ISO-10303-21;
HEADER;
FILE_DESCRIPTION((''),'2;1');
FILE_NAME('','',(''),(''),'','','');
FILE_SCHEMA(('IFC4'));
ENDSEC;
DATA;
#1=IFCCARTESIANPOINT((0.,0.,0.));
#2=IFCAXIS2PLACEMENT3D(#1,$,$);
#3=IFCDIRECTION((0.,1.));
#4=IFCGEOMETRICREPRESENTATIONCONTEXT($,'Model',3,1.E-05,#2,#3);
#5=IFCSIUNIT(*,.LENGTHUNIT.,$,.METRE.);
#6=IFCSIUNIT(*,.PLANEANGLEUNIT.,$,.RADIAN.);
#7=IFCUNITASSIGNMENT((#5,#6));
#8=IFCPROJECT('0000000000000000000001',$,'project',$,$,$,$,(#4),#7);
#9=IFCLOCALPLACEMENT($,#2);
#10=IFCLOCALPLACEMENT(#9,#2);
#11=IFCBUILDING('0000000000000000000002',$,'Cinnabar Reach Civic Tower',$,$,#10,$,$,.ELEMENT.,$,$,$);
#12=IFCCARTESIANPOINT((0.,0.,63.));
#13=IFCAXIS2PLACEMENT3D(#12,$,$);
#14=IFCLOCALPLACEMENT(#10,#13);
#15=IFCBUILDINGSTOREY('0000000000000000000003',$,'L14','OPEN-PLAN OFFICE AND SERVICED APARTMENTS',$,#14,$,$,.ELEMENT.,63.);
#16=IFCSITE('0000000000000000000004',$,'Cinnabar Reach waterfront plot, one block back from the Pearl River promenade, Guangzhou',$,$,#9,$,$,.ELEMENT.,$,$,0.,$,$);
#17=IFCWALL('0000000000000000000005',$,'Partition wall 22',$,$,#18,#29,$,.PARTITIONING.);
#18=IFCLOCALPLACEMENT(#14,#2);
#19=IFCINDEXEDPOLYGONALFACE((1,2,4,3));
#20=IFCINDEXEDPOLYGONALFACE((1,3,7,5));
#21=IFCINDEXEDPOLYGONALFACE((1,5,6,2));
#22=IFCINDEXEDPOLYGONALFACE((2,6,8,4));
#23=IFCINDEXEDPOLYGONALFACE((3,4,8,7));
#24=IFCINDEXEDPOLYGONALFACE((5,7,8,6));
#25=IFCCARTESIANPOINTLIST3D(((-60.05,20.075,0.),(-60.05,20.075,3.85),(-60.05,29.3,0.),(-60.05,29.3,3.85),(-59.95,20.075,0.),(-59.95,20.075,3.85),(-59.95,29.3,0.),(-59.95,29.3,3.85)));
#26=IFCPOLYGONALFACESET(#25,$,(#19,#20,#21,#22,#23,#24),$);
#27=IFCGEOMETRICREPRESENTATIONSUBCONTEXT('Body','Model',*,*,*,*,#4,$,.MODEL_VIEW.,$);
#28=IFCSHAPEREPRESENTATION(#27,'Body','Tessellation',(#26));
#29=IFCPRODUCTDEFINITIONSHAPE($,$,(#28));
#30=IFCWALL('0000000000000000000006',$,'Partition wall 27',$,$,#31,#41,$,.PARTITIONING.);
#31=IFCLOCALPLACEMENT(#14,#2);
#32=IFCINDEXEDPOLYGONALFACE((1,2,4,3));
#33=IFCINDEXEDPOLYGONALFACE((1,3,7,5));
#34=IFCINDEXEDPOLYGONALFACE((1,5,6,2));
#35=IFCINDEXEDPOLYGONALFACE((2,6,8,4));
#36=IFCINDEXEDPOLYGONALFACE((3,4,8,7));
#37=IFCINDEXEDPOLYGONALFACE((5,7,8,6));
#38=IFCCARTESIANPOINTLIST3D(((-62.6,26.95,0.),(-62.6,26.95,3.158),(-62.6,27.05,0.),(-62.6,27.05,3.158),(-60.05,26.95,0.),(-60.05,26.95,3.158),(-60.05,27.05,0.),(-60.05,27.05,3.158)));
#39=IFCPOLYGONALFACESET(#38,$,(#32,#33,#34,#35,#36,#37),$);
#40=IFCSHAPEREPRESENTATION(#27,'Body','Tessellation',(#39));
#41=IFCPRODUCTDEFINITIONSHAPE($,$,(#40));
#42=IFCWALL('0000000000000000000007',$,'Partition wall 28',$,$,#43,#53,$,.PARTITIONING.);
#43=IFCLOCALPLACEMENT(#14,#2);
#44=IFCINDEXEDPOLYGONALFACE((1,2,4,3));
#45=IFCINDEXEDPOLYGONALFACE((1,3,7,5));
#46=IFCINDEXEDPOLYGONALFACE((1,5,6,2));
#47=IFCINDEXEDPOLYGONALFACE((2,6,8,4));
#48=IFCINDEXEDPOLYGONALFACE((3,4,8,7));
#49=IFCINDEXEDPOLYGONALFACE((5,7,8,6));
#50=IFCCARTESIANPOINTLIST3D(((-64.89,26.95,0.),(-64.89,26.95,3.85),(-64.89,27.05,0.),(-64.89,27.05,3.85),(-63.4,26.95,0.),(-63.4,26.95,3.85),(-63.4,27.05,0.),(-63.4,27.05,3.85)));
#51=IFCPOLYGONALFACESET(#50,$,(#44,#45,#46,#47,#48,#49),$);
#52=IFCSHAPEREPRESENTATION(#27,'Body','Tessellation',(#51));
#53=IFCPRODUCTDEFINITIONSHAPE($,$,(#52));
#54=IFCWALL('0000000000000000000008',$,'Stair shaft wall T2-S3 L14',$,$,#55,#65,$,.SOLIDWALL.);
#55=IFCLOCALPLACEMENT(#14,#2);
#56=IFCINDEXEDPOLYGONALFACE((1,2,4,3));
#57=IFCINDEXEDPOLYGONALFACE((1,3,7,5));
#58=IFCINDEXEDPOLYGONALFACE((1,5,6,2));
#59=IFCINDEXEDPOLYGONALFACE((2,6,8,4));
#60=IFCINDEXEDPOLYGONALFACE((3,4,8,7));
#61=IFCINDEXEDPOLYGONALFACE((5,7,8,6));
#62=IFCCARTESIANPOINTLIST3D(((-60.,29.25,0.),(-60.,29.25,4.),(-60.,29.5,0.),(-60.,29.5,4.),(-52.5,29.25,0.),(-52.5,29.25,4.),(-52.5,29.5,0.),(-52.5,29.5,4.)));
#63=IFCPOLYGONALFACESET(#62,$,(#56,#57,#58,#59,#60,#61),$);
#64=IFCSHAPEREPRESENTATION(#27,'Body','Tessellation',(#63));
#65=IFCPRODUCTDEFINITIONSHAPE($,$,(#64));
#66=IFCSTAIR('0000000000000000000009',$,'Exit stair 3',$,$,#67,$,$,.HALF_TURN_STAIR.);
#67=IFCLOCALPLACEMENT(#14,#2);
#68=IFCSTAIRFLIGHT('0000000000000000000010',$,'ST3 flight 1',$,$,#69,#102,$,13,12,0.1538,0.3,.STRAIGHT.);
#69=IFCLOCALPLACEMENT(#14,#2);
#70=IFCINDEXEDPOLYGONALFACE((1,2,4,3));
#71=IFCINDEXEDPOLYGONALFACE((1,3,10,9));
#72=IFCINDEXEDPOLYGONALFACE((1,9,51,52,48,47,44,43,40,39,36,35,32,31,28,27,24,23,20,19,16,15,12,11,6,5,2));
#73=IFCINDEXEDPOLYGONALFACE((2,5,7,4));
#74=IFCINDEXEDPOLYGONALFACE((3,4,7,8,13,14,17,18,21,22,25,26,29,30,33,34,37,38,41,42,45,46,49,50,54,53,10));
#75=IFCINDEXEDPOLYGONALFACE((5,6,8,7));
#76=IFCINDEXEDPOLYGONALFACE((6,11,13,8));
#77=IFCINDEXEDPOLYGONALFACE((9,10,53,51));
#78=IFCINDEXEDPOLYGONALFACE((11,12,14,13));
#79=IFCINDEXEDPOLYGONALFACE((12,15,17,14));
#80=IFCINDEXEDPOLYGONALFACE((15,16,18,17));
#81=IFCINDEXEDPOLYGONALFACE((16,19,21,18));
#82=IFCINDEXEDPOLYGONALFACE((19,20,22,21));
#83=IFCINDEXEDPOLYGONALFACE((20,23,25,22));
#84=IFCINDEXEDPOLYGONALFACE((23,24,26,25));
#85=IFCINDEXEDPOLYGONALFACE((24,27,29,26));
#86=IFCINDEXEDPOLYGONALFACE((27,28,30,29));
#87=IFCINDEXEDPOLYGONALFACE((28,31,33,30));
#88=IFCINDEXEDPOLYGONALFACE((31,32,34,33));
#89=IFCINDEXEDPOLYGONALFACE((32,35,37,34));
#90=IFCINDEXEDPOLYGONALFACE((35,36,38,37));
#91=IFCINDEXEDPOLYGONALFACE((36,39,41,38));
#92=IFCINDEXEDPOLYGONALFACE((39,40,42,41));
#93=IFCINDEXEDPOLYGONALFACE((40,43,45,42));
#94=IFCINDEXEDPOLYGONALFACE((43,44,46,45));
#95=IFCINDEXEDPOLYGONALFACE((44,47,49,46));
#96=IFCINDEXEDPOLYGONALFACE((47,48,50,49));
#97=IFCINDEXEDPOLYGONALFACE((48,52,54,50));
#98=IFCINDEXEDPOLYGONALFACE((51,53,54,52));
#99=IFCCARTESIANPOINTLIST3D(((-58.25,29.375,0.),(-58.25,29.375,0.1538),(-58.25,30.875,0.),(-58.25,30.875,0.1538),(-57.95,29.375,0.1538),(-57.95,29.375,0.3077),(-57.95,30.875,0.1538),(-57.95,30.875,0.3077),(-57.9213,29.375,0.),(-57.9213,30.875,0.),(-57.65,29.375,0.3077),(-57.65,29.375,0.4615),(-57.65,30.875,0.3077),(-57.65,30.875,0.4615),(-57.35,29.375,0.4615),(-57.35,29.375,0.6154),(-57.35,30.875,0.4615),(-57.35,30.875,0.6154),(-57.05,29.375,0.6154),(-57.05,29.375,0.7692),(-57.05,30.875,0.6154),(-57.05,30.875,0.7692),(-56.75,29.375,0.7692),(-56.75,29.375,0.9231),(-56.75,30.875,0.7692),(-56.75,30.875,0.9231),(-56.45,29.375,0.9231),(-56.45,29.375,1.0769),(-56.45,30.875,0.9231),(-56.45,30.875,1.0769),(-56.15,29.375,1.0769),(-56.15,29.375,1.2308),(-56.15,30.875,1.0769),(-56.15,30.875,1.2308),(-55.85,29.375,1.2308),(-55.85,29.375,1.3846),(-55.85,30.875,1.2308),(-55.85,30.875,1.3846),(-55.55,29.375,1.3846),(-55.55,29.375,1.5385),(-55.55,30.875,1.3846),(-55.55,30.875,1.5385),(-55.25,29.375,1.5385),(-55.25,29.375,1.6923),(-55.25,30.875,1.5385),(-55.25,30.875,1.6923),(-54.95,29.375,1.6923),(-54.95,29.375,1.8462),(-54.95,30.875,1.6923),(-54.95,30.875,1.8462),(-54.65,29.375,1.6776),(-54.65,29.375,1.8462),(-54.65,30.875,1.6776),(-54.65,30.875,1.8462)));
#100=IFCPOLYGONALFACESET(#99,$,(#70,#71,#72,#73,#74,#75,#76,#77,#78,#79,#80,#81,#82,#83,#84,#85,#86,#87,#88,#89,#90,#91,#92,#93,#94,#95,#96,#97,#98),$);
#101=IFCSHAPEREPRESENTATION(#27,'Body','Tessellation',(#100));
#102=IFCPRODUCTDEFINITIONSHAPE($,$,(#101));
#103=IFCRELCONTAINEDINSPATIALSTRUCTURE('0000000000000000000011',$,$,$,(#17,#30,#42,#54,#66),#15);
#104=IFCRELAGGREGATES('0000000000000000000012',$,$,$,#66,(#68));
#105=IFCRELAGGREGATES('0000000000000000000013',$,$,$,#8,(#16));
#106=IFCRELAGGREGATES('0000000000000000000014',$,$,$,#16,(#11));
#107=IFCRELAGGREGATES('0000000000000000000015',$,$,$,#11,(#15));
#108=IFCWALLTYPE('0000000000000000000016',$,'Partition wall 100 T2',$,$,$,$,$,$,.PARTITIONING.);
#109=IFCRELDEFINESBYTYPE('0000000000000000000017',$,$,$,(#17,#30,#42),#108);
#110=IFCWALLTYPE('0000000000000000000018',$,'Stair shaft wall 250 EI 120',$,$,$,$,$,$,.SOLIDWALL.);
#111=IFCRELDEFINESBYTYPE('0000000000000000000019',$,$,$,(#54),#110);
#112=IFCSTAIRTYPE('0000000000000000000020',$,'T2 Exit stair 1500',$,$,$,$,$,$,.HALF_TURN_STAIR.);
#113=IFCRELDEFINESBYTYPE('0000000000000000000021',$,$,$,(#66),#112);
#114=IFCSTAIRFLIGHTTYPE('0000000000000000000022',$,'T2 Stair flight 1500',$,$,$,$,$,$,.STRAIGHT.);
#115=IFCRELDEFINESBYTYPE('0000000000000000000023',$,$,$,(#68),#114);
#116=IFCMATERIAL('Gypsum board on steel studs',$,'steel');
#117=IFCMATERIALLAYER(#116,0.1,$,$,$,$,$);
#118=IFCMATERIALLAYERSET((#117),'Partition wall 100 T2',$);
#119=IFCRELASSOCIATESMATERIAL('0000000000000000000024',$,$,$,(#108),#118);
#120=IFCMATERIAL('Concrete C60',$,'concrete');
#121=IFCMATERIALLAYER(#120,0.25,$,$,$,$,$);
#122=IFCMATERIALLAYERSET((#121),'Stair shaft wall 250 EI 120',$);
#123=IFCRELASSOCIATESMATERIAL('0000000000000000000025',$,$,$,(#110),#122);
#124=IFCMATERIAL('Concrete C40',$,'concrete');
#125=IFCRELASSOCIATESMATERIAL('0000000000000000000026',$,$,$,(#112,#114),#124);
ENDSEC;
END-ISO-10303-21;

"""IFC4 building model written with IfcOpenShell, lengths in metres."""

from ifc_helpers import new_model, si_unit, direction, frame, frame_2d, origin, place, context, subcontext, project, spatial, polyline, rectangle, outline, extrude, material, layer, layer_set, type_object, element, aggregate, save


model = new_model("IFC4")

# Units and contexts
model_context = context("Model", 3, precision=1e-05, world=origin(), true_north=direction((0.0, 1.0)))
body_context = subcontext(model_context, "Body", "Model", "MODEL_VIEW")
ifc_project = project(units=[si_unit("LENGTHUNIT", "METRE"), si_unit("PLANEANGLEUNIT", "RADIAN")], contexts=[model_context])

# Site, building, storey
site_placement = place(None, origin())
site = spatial("IfcSite", under=ifc_project, at=site_placement, Name="Cinnabar Reach waterfront plot, one block back from the Pearl River promenade, Guangzhou", CompositionType="ELEMENT", RefElevation=0.0)
building_placement = place(site_placement, origin())
building = spatial("IfcBuilding", under=site, at=building_placement, Name="Cinnabar Reach Civic Tower", CompositionType="ELEMENT")
storey_placement = place(building_placement, frame((0.0, 0.0, 63.0)))
storey = spatial("IfcBuildingStorey", under=building, at=storey_placement, Name="L14", Description="OPEN-PLAN OFFICE AND SERVICED APARTMENTS", CompositionType="ELEMENT", Elevation=63.0)

# Shared definitions
ifc_material_1 = material(Name="Concrete C60", Category="concrete")

# Walls
ifc_material_2 = material(Name="Gypsum board on steel studs", Category="steel")
ifc_layer_1 = layer(ifc_material_2, 0.1)
ifc_layer_set_1 = layer_set([ifc_layer_1], Name="Partition wall 100 T2")
wall_type_1 = type_object("IfcWallType", Name="Partition wall 100 T2", PredefinedType="PARTITIONING", material=ifc_layer_set_1)
wall_1_placement = place(storey_placement, frame((-60.0, 20.075, 0.0), z_axis=(0.0, 0.0, 1.0), x_axis=(0.0, 1.0, 0.0)))
element("IfcWall", 1, at=wall_1_placement, inside=storey, type_object=wall_type_1, Name="Partition wall 22", PredefinedType="PARTITIONING", context=body_context, shape_type="SweptSolid", body=[
    extrude(rectangle(XDim=9.225, YDim=0.1, at=frame_2d((4.6125, 0.0))), origin(), (0.0, 0.0, 1.0), 3.85),
])
wall_2_placement = place(storey_placement, frame((-62.6, 27.0, 0.0), z_axis=(0.0, 0.0, 1.0), x_axis=(1.0, 0.0, 0.0)))
element("IfcWall", 2, at=wall_2_placement, inside=storey, type_object=wall_type_1, Name="Partition wall 27", PredefinedType="PARTITIONING", context=body_context, shape_type="SweptSolid", body=[
    extrude(rectangle(XDim=2.55, YDim=0.1, at=frame_2d((1.275, 0.0))), origin(), (0.0, 0.0, 1.0), 3.158),
])
wall_3_placement = place(storey_placement, frame((-64.89, 27.0, 0.0), z_axis=(0.0, 0.0, 1.0), x_axis=(1.0, 0.0, 0.0)))
element("IfcWall", 3, at=wall_3_placement, inside=storey, type_object=wall_type_1, Name="Partition wall 28", PredefinedType="PARTITIONING", context=body_context, shape_type="SweptSolid", body=[
    extrude(rectangle(XDim=1.49, YDim=0.1, at=frame_2d((0.745, 0.0))), origin(), (0.0, 0.0, 1.0), 3.85),
])
ifc_layer_2 = layer(ifc_material_1, 0.25)
ifc_layer_set_2 = layer_set([ifc_layer_2], Name="Stair shaft wall 250 EI 120")
wall_type_2 = type_object("IfcWallType", Name="Stair shaft wall 250 EI 120", PredefinedType="SOLIDWALL", material=ifc_layer_set_2)
wall_4_placement = place(storey_placement, frame((-60.0, 29.375, 0.0), z_axis=(0.0, 0.0, 1.0), x_axis=(1.0, 0.0, 0.0)))
element("IfcWall", 4, at=wall_4_placement, inside=storey, type_object=wall_type_2, Name="Stair shaft wall T2-S3 L14", PredefinedType="SOLIDWALL", context=body_context, shape_type="SweptSolid", body=[
    extrude(rectangle(XDim=7.5, YDim=0.25, at=frame_2d((3.75, 0.0))), origin(), (0.0, 0.0, 1.0), 4.0),
])

# Stair, stair flight
ifc_material_3 = material(Name="Concrete C40", Category="concrete")
stair_type = type_object("IfcStairType", Name="T2 Exit stair 1500", PredefinedType="HALF_TURN_STAIR", material=ifc_material_3)
stair_placement = place(storey_placement, origin())
stair = element("IfcStair", 5, at=stair_placement, inside=storey, type_object=stair_type, Name="Exit stair 3", PredefinedType="HALF_TURN_STAIR")
stair_flight_type = type_object("IfcStairFlightType", Name="T2 Stair flight 1500", PredefinedType="STRAIGHT", material=ifc_material_3)
stair_flight_placement = place(storey_placement, frame((-58.25, 30.125, 0.0), z_axis=(0.0, 0.0, 1.0), x_axis=(1.0, 0.0, 0.0)))
stair_flight = element("IfcStairFlight", 6, at=stair_flight_placement, type_object=stair_flight_type, Name="ST3 flight 1", NumberOfRisers=13, NumberOfTreads=12, PredefinedType="STRAIGHT", RiserHeight=0.1538, TreadLength=0.3, context=body_context, shape_type="SweptSolid", body=[
    extrude(outline(polyline([(0.0, 0.0), (0.0, 0.1538), (0.3, 0.1538), (0.3, 0.3077), (0.6, 0.3077), (0.6, 0.4615), (0.9, 0.4615), (0.9, 0.6154), (1.2, 0.6154), (1.2, 0.7692), (1.5, 0.7692), (1.5, 0.9231), (1.8, 0.9231), (1.8, 1.0769), (2.1, 1.0769), (2.1, 1.2308), (2.4, 1.2308), (2.4, 1.3846), (2.7, 1.3846), (2.7, 1.5385), (3.0, 1.5385), (3.0, 1.6923), (3.3, 1.6923), (3.3, 1.8462), (3.6, 1.8462), (3.6, 2.0), (3.6, 1.6776), (0.3287, 0.0), (0.0, 0.0)])), frame((0.0, 0.75, 0.0), z_axis=(0.0, -1.0, 0.0), x_axis=(1.0, 0.0, 0.0)), (0.0, 0.0, 1.0), 1.5),
])
aggregate(stair, [stair_flight])

save(model, "model.ifc")
